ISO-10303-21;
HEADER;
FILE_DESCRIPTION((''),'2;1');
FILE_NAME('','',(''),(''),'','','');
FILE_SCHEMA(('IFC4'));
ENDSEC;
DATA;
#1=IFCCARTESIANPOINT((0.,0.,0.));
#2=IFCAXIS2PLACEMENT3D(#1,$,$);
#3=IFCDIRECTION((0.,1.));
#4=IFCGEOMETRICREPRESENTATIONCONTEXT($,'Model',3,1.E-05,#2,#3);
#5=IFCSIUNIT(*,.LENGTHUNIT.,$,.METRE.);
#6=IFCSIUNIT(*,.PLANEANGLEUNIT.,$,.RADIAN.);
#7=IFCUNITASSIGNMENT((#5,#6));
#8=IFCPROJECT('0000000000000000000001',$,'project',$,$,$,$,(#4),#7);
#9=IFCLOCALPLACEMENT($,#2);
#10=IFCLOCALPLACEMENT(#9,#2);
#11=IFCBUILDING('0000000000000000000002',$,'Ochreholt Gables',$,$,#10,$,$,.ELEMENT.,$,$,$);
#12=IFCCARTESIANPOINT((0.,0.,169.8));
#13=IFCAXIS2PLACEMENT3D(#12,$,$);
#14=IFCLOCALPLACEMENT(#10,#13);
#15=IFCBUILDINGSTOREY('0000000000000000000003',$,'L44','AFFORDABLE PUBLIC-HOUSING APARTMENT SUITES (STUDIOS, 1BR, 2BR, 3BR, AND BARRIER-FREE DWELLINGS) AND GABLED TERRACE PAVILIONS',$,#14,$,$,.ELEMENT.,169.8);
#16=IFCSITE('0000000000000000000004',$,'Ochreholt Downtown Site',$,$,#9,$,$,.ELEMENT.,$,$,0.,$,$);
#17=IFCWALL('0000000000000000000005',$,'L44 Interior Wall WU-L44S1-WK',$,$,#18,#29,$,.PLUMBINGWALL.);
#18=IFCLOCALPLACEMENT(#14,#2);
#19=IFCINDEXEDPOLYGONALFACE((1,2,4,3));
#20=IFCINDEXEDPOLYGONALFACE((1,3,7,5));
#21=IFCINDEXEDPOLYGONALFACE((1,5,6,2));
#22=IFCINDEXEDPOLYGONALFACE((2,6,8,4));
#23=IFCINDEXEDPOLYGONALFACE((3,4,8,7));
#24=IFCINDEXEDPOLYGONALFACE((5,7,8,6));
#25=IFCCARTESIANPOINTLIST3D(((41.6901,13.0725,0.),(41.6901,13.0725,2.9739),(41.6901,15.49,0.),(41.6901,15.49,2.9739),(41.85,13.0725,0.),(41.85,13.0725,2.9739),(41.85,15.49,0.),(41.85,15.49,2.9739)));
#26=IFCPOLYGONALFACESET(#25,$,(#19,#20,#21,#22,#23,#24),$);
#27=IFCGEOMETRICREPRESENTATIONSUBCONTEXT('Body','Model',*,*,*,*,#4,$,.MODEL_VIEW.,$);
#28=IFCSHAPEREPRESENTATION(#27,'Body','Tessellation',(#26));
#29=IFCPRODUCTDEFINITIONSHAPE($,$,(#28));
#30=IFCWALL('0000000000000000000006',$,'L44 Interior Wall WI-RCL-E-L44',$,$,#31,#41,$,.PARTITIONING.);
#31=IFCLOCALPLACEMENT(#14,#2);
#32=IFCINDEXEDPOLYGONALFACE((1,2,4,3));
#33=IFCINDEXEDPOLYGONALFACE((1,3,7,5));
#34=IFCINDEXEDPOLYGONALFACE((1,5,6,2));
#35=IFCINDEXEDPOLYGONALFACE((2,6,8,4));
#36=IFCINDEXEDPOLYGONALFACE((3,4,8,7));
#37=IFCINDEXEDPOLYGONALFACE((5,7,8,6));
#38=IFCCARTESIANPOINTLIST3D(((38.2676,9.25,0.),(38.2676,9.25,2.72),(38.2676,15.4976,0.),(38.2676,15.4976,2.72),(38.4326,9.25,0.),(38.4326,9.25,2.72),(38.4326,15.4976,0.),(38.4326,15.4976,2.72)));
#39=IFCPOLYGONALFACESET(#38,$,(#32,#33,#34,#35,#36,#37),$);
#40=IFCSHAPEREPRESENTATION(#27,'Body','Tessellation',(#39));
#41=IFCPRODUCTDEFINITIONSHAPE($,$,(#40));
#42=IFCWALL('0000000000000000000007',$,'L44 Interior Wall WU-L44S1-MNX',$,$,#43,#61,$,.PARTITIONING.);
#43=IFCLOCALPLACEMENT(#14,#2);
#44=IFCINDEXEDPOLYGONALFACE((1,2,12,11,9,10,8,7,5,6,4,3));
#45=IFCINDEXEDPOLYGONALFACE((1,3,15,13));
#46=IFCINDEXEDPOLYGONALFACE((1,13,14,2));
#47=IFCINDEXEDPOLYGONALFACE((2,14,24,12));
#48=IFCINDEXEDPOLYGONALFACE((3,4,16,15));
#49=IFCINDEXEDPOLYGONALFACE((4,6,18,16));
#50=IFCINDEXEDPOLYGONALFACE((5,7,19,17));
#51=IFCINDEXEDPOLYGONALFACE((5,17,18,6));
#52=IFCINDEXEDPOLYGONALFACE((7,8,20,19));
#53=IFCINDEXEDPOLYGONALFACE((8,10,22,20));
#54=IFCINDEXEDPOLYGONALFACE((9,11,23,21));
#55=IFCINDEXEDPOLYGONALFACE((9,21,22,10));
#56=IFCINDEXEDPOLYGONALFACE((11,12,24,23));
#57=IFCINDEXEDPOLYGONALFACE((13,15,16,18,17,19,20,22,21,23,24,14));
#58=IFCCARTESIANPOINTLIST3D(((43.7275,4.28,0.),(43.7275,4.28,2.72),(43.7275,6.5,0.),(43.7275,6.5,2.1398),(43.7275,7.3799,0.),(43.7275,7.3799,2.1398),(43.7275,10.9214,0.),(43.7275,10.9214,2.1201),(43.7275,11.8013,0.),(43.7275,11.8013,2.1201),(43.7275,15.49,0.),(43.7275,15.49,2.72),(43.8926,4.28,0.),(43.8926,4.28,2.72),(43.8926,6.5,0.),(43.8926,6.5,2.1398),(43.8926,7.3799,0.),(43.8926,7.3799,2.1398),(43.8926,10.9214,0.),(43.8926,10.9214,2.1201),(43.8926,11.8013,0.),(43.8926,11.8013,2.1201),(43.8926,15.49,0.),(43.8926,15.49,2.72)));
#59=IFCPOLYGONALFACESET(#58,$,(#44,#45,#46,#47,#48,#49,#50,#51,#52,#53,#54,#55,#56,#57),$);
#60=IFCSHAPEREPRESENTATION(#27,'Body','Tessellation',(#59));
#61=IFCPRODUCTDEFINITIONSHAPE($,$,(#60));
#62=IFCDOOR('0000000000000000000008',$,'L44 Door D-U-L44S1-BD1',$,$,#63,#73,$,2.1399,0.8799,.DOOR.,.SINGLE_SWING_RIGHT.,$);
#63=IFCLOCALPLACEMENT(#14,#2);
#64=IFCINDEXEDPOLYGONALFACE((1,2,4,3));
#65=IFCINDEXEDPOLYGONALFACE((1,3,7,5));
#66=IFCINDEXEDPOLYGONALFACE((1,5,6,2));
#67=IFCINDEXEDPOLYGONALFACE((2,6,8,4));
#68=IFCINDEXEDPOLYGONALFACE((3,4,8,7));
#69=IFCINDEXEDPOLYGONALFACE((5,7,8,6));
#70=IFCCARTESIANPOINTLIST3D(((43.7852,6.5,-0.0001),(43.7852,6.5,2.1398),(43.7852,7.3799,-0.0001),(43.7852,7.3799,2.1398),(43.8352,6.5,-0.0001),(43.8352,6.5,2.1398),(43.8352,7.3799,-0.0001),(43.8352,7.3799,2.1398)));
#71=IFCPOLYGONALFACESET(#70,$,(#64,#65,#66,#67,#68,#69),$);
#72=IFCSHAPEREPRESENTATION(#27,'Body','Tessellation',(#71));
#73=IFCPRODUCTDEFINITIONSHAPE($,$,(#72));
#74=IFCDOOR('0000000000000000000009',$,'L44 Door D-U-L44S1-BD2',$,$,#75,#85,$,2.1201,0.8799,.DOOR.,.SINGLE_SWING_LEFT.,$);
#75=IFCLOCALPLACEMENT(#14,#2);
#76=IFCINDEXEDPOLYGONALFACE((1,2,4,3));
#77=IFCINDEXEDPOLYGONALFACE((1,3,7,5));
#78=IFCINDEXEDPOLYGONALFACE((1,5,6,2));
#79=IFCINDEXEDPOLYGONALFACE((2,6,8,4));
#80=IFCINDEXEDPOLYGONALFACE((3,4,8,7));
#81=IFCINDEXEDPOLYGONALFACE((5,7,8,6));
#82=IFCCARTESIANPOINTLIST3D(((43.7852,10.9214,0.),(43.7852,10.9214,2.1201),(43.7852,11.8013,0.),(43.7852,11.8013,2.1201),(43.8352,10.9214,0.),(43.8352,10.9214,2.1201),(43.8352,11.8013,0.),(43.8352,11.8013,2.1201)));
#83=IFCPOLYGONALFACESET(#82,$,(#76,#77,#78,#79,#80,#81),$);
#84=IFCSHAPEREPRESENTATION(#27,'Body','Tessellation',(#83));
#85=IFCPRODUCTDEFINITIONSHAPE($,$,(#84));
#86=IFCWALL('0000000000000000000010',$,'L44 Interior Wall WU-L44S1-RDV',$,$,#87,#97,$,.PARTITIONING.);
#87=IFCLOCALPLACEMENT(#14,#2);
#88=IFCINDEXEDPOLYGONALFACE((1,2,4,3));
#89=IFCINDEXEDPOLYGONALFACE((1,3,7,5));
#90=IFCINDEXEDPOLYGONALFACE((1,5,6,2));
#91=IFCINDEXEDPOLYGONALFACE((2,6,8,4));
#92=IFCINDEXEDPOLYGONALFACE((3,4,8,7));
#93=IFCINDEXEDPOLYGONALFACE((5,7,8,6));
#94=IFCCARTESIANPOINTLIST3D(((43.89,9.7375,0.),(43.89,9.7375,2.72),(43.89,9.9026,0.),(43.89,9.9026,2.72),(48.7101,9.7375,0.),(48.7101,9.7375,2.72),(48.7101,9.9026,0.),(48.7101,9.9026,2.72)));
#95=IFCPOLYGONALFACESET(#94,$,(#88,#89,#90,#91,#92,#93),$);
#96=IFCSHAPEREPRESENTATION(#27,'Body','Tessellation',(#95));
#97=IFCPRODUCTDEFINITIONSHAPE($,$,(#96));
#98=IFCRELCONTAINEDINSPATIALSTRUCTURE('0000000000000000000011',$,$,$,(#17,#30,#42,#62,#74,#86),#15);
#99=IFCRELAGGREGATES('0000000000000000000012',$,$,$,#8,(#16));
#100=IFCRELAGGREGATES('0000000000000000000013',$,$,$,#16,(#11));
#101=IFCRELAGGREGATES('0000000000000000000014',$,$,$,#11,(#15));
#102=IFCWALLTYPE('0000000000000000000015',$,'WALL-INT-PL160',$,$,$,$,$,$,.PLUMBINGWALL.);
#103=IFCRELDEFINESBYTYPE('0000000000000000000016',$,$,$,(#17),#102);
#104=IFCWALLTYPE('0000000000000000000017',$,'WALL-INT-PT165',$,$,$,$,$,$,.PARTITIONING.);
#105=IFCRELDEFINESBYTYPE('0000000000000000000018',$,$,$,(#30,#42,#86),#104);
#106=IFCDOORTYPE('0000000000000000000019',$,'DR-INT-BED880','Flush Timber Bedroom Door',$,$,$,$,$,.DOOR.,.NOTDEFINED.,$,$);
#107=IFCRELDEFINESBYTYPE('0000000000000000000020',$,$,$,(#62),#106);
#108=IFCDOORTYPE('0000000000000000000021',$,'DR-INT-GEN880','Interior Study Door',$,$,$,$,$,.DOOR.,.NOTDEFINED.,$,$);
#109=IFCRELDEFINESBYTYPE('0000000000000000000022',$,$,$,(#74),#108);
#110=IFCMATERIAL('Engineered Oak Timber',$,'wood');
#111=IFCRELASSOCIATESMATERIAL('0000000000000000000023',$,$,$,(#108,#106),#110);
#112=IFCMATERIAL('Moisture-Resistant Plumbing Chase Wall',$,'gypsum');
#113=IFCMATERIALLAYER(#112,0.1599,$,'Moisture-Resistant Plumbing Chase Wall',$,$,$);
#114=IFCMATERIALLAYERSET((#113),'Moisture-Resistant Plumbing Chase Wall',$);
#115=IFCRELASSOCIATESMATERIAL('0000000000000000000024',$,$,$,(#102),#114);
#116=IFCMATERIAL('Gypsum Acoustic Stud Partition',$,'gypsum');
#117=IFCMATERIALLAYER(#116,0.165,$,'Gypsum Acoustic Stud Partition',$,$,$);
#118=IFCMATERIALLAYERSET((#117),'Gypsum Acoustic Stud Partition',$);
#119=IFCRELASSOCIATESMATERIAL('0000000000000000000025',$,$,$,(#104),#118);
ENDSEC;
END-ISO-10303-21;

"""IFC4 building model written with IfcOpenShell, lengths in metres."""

from ifc_helpers import new_model, si_unit, direction, frame, frame_2d, origin, place, context, subcontext, project, spatial, rectangle, extrude, material, layer, layer_set, type_object, element, fill, save


model = new_model("IFC4")

# Units and contexts
model_context = context("Model", 3, precision=1e-05, world=origin(), true_north=direction((0.0, 1.0)))
body_context = subcontext(model_context, "Body", "Model", "MODEL_VIEW")
ifc_project = project(units=[si_unit("LENGTHUNIT", "METRE"), si_unit("PLANEANGLEUNIT", "RADIAN")], contexts=[model_context])

# Site, building, storey
site_placement = place(None, origin())
site = spatial("IfcSite", under=ifc_project, at=site_placement, Name="Ochreholt Downtown Site", CompositionType="ELEMENT", RefElevation=0.0)
building_placement = place(site_placement, origin())
building = spatial("IfcBuilding", under=site, at=building_placement, Name="Ochreholt Gables", CompositionType="ELEMENT")
storey_placement = place(building_placement, frame((0.0, 0.0, 169.8)))
storey = spatial("IfcBuildingStorey", under=building, at=storey_placement, Name="L44", Description="AFFORDABLE PUBLIC-HOUSING APARTMENT SUITES (STUDIOS, 1BR, 2BR, 3BR, AND BARRIER-FREE DWELLINGS) AND GABLED TERRACE PAVILIONS", CompositionType="ELEMENT", Elevation=169.8)

# Shared definitions
ifc_material_1 = material(Name="Engineered Oak Timber", Category="wood")
door_type_1 = type_object("IfcDoorType", Name="DR-INT-GEN880", Description="Interior Study Door", OperationType="NOTDEFINED", PredefinedType="DOOR", material=ifc_material_1)

# Shared definitions
ifc_material_2 = material(Name="Moisture-Resistant Plumbing Chase Wall", Category="gypsum")
ifc_layer_1 = layer(ifc_material_2, 0.1599, Name="Moisture-Resistant Plumbing Chase Wall")
ifc_layer_set_1 = layer_set([ifc_layer_1], Name="Moisture-Resistant Plumbing Chase Wall")
wall_type_1 = type_object("IfcWallType", Name="WALL-INT-PL160", PredefinedType="PLUMBINGWALL", material=ifc_layer_set_1)

# Walls
wall_1_placement = place(storey_placement, frame((41.77, 13.0725, 0.0), z_axis=(0.0, 0.0, 1.0), x_axis=(0.0, 1.0, 0.0)))
element("IfcWall", 1, at=wall_1_placement, inside=storey, type_object=wall_type_1, Name="L44 Interior Wall WU-L44S1-WK", PredefinedType="PLUMBINGWALL", context=body_context, shape_type="SweptSolid", body=[
    extrude(rectangle(XDim=2.4175, YDim=0.1599, at=frame_2d((1.2087, 0.0))), origin(), (0.0, 0.0, 1.0), 2.9739),
])
ifc_material_3 = material(Name="Gypsum Acoustic Stud Partition", Category="gypsum")
ifc_layer_2 = layer(ifc_material_3, 0.165, Name="Gypsum Acoustic Stud Partition")
ifc_layer_set_2 = layer_set([ifc_layer_2], Name="Gypsum Acoustic Stud Partition")
wall_type_2 = type_object("IfcWallType", Name="WALL-INT-PT165", PredefinedType="PARTITIONING", material=ifc_layer_set_2)
wall_2_placement = place(storey_placement, frame((38.3501, 9.25, 0.0), z_axis=(0.0, 0.0, 1.0), x_axis=(0.0, 1.0, 0.0)))
element("IfcWall", 2, at=wall_2_placement, inside=storey, type_object=wall_type_2, Name="L44 Interior Wall WI-RCL-E-L44", PredefinedType="PARTITIONING", context=body_context, shape_type="SweptSolid", body=[
    extrude(rectangle(XDim=6.2476, YDim=0.165, at=frame_2d((3.1238, 0.0))), origin(), (0.0, 0.0, 1.0), 2.72),
])

# Wall, openings, doors
wall_3_placement = place(storey_placement, frame((43.8101, 4.28, 0.0), z_axis=(0.0, 0.0, 1.0), x_axis=(0.0, 1.0, 0.0)))
wall_3 = element("IfcWall", 3, at=wall_3_placement, inside=storey, type_object=wall_type_2, Name="L44 Interior Wall WU-L44S1-MNX", PredefinedType="PARTITIONING", context=body_context, shape_type="SweptSolid", body=[
    extrude(rectangle(XDim=11.21, YDim=0.165, at=frame_2d((5.605, 0.0))), origin(), (0.0, 0.0, 1.0), 2.72),
])
opening_1_placement = place(wall_3_placement, frame((2.22, 0.0, 0.0)))
opening_1 = element("IfcOpeningElement", 4, at=opening_1_placement, cuts=wall_3, PredefinedType="OPENING", context=body_context, shape_type="SweptSolid", body=[
    extrude(rectangle(XDim=0.8799, YDim=2.1399, at=frame_2d((0.4399, 1.0698))), frame((0.0, 0.0925, 0.0), z_axis=(0.0, -1.0, 0.0), x_axis=(1.0, 0.0, 0.0)), (0.0, 0.0, 1.0), 0.1851),
])
opening_2_placement = place(wall_3_placement, frame((6.6414, 0.0, 0.0)))
opening_2 = element("IfcOpeningElement", 5, at=opening_2_placement, cuts=wall_3, PredefinedType="OPENING", context=body_context, shape_type="SweptSolid", body=[
    extrude(rectangle(XDim=0.8799, YDim=2.1201, at=frame_2d((0.4399, 1.0601))), frame((0.0, 0.0925, 0.0), z_axis=(0.0, -1.0, 0.0), x_axis=(1.0, 0.0, 0.0)), (0.0, 0.0, 1.0), 0.1851),
])
door_type_2 = type_object("IfcDoorType", Name="DR-INT-BED880", Description="Flush Timber Bedroom Door", OperationType="NOTDEFINED", PredefinedType="DOOR", material=ifc_material_1)
door_1_placement = place(opening_1_placement, origin())
door_1 = element("IfcDoor", 6, at=door_1_placement, inside=storey, type_object=door_type_2, Name="L44 Door D-U-L44S1-BD1", OperationType="SINGLE_SWING_RIGHT", OverallHeight=2.1399, OverallWidth=0.8799, PredefinedType="DOOR", context=body_context, shape_type="SweptSolid", body=[
    extrude(rectangle(XDim=0.8799, YDim=2.1399, at=frame_2d((0.4399, 1.0698))), frame((0.0, 0.0249, 0.0), z_axis=(0.0, -1.0, 0.0), x_axis=(1.0, 0.0, 0.0)), (0.0, 0.0, 1.0), 0.05),
])
fill(opening_1, door_1)
door_2_placement = place(opening_2_placement, origin())
door_2 = element("IfcDoor", 7, at=door_2_placement, inside=storey, type_object=door_type_1, Name="L44 Door D-U-L44S1-BD2", OperationType="SINGLE_SWING_LEFT", OverallHeight=2.1201, OverallWidth=0.8799, PredefinedType="DOOR", context=body_context, shape_type="SweptSolid", body=[
    extrude(rectangle(XDim=0.8799, YDim=2.1201, at=frame_2d((0.4399, 1.0601))), frame((0.0, 0.0249, 0.0), z_axis=(0.0, -1.0, 0.0), x_axis=(1.0, 0.0, 0.0)), (0.0, 0.0, 1.0), 0.05),
])
fill(opening_2, door_2)

# Wall
wall_4_placement = place(storey_placement, frame((43.8899, 9.8201, 0.0), z_axis=(0.0, 0.0, 1.0), x_axis=(1.0, 0.0, 0.0)))
element("IfcWall", 8, at=wall_4_placement, inside=storey, type_object=wall_type_2, Name="L44 Interior Wall WU-L44S1-RDV", PredefinedType="PARTITIONING", context=body_context, shape_type="SweptSolid", body=[
    extrude(rectangle(XDim=4.8201, YDim=0.165, at=frame_2d((2.4102, 0.0))), origin(), (0.0, 0.0, 1.0), 2.72),
])

save(model, "model.ifc")
